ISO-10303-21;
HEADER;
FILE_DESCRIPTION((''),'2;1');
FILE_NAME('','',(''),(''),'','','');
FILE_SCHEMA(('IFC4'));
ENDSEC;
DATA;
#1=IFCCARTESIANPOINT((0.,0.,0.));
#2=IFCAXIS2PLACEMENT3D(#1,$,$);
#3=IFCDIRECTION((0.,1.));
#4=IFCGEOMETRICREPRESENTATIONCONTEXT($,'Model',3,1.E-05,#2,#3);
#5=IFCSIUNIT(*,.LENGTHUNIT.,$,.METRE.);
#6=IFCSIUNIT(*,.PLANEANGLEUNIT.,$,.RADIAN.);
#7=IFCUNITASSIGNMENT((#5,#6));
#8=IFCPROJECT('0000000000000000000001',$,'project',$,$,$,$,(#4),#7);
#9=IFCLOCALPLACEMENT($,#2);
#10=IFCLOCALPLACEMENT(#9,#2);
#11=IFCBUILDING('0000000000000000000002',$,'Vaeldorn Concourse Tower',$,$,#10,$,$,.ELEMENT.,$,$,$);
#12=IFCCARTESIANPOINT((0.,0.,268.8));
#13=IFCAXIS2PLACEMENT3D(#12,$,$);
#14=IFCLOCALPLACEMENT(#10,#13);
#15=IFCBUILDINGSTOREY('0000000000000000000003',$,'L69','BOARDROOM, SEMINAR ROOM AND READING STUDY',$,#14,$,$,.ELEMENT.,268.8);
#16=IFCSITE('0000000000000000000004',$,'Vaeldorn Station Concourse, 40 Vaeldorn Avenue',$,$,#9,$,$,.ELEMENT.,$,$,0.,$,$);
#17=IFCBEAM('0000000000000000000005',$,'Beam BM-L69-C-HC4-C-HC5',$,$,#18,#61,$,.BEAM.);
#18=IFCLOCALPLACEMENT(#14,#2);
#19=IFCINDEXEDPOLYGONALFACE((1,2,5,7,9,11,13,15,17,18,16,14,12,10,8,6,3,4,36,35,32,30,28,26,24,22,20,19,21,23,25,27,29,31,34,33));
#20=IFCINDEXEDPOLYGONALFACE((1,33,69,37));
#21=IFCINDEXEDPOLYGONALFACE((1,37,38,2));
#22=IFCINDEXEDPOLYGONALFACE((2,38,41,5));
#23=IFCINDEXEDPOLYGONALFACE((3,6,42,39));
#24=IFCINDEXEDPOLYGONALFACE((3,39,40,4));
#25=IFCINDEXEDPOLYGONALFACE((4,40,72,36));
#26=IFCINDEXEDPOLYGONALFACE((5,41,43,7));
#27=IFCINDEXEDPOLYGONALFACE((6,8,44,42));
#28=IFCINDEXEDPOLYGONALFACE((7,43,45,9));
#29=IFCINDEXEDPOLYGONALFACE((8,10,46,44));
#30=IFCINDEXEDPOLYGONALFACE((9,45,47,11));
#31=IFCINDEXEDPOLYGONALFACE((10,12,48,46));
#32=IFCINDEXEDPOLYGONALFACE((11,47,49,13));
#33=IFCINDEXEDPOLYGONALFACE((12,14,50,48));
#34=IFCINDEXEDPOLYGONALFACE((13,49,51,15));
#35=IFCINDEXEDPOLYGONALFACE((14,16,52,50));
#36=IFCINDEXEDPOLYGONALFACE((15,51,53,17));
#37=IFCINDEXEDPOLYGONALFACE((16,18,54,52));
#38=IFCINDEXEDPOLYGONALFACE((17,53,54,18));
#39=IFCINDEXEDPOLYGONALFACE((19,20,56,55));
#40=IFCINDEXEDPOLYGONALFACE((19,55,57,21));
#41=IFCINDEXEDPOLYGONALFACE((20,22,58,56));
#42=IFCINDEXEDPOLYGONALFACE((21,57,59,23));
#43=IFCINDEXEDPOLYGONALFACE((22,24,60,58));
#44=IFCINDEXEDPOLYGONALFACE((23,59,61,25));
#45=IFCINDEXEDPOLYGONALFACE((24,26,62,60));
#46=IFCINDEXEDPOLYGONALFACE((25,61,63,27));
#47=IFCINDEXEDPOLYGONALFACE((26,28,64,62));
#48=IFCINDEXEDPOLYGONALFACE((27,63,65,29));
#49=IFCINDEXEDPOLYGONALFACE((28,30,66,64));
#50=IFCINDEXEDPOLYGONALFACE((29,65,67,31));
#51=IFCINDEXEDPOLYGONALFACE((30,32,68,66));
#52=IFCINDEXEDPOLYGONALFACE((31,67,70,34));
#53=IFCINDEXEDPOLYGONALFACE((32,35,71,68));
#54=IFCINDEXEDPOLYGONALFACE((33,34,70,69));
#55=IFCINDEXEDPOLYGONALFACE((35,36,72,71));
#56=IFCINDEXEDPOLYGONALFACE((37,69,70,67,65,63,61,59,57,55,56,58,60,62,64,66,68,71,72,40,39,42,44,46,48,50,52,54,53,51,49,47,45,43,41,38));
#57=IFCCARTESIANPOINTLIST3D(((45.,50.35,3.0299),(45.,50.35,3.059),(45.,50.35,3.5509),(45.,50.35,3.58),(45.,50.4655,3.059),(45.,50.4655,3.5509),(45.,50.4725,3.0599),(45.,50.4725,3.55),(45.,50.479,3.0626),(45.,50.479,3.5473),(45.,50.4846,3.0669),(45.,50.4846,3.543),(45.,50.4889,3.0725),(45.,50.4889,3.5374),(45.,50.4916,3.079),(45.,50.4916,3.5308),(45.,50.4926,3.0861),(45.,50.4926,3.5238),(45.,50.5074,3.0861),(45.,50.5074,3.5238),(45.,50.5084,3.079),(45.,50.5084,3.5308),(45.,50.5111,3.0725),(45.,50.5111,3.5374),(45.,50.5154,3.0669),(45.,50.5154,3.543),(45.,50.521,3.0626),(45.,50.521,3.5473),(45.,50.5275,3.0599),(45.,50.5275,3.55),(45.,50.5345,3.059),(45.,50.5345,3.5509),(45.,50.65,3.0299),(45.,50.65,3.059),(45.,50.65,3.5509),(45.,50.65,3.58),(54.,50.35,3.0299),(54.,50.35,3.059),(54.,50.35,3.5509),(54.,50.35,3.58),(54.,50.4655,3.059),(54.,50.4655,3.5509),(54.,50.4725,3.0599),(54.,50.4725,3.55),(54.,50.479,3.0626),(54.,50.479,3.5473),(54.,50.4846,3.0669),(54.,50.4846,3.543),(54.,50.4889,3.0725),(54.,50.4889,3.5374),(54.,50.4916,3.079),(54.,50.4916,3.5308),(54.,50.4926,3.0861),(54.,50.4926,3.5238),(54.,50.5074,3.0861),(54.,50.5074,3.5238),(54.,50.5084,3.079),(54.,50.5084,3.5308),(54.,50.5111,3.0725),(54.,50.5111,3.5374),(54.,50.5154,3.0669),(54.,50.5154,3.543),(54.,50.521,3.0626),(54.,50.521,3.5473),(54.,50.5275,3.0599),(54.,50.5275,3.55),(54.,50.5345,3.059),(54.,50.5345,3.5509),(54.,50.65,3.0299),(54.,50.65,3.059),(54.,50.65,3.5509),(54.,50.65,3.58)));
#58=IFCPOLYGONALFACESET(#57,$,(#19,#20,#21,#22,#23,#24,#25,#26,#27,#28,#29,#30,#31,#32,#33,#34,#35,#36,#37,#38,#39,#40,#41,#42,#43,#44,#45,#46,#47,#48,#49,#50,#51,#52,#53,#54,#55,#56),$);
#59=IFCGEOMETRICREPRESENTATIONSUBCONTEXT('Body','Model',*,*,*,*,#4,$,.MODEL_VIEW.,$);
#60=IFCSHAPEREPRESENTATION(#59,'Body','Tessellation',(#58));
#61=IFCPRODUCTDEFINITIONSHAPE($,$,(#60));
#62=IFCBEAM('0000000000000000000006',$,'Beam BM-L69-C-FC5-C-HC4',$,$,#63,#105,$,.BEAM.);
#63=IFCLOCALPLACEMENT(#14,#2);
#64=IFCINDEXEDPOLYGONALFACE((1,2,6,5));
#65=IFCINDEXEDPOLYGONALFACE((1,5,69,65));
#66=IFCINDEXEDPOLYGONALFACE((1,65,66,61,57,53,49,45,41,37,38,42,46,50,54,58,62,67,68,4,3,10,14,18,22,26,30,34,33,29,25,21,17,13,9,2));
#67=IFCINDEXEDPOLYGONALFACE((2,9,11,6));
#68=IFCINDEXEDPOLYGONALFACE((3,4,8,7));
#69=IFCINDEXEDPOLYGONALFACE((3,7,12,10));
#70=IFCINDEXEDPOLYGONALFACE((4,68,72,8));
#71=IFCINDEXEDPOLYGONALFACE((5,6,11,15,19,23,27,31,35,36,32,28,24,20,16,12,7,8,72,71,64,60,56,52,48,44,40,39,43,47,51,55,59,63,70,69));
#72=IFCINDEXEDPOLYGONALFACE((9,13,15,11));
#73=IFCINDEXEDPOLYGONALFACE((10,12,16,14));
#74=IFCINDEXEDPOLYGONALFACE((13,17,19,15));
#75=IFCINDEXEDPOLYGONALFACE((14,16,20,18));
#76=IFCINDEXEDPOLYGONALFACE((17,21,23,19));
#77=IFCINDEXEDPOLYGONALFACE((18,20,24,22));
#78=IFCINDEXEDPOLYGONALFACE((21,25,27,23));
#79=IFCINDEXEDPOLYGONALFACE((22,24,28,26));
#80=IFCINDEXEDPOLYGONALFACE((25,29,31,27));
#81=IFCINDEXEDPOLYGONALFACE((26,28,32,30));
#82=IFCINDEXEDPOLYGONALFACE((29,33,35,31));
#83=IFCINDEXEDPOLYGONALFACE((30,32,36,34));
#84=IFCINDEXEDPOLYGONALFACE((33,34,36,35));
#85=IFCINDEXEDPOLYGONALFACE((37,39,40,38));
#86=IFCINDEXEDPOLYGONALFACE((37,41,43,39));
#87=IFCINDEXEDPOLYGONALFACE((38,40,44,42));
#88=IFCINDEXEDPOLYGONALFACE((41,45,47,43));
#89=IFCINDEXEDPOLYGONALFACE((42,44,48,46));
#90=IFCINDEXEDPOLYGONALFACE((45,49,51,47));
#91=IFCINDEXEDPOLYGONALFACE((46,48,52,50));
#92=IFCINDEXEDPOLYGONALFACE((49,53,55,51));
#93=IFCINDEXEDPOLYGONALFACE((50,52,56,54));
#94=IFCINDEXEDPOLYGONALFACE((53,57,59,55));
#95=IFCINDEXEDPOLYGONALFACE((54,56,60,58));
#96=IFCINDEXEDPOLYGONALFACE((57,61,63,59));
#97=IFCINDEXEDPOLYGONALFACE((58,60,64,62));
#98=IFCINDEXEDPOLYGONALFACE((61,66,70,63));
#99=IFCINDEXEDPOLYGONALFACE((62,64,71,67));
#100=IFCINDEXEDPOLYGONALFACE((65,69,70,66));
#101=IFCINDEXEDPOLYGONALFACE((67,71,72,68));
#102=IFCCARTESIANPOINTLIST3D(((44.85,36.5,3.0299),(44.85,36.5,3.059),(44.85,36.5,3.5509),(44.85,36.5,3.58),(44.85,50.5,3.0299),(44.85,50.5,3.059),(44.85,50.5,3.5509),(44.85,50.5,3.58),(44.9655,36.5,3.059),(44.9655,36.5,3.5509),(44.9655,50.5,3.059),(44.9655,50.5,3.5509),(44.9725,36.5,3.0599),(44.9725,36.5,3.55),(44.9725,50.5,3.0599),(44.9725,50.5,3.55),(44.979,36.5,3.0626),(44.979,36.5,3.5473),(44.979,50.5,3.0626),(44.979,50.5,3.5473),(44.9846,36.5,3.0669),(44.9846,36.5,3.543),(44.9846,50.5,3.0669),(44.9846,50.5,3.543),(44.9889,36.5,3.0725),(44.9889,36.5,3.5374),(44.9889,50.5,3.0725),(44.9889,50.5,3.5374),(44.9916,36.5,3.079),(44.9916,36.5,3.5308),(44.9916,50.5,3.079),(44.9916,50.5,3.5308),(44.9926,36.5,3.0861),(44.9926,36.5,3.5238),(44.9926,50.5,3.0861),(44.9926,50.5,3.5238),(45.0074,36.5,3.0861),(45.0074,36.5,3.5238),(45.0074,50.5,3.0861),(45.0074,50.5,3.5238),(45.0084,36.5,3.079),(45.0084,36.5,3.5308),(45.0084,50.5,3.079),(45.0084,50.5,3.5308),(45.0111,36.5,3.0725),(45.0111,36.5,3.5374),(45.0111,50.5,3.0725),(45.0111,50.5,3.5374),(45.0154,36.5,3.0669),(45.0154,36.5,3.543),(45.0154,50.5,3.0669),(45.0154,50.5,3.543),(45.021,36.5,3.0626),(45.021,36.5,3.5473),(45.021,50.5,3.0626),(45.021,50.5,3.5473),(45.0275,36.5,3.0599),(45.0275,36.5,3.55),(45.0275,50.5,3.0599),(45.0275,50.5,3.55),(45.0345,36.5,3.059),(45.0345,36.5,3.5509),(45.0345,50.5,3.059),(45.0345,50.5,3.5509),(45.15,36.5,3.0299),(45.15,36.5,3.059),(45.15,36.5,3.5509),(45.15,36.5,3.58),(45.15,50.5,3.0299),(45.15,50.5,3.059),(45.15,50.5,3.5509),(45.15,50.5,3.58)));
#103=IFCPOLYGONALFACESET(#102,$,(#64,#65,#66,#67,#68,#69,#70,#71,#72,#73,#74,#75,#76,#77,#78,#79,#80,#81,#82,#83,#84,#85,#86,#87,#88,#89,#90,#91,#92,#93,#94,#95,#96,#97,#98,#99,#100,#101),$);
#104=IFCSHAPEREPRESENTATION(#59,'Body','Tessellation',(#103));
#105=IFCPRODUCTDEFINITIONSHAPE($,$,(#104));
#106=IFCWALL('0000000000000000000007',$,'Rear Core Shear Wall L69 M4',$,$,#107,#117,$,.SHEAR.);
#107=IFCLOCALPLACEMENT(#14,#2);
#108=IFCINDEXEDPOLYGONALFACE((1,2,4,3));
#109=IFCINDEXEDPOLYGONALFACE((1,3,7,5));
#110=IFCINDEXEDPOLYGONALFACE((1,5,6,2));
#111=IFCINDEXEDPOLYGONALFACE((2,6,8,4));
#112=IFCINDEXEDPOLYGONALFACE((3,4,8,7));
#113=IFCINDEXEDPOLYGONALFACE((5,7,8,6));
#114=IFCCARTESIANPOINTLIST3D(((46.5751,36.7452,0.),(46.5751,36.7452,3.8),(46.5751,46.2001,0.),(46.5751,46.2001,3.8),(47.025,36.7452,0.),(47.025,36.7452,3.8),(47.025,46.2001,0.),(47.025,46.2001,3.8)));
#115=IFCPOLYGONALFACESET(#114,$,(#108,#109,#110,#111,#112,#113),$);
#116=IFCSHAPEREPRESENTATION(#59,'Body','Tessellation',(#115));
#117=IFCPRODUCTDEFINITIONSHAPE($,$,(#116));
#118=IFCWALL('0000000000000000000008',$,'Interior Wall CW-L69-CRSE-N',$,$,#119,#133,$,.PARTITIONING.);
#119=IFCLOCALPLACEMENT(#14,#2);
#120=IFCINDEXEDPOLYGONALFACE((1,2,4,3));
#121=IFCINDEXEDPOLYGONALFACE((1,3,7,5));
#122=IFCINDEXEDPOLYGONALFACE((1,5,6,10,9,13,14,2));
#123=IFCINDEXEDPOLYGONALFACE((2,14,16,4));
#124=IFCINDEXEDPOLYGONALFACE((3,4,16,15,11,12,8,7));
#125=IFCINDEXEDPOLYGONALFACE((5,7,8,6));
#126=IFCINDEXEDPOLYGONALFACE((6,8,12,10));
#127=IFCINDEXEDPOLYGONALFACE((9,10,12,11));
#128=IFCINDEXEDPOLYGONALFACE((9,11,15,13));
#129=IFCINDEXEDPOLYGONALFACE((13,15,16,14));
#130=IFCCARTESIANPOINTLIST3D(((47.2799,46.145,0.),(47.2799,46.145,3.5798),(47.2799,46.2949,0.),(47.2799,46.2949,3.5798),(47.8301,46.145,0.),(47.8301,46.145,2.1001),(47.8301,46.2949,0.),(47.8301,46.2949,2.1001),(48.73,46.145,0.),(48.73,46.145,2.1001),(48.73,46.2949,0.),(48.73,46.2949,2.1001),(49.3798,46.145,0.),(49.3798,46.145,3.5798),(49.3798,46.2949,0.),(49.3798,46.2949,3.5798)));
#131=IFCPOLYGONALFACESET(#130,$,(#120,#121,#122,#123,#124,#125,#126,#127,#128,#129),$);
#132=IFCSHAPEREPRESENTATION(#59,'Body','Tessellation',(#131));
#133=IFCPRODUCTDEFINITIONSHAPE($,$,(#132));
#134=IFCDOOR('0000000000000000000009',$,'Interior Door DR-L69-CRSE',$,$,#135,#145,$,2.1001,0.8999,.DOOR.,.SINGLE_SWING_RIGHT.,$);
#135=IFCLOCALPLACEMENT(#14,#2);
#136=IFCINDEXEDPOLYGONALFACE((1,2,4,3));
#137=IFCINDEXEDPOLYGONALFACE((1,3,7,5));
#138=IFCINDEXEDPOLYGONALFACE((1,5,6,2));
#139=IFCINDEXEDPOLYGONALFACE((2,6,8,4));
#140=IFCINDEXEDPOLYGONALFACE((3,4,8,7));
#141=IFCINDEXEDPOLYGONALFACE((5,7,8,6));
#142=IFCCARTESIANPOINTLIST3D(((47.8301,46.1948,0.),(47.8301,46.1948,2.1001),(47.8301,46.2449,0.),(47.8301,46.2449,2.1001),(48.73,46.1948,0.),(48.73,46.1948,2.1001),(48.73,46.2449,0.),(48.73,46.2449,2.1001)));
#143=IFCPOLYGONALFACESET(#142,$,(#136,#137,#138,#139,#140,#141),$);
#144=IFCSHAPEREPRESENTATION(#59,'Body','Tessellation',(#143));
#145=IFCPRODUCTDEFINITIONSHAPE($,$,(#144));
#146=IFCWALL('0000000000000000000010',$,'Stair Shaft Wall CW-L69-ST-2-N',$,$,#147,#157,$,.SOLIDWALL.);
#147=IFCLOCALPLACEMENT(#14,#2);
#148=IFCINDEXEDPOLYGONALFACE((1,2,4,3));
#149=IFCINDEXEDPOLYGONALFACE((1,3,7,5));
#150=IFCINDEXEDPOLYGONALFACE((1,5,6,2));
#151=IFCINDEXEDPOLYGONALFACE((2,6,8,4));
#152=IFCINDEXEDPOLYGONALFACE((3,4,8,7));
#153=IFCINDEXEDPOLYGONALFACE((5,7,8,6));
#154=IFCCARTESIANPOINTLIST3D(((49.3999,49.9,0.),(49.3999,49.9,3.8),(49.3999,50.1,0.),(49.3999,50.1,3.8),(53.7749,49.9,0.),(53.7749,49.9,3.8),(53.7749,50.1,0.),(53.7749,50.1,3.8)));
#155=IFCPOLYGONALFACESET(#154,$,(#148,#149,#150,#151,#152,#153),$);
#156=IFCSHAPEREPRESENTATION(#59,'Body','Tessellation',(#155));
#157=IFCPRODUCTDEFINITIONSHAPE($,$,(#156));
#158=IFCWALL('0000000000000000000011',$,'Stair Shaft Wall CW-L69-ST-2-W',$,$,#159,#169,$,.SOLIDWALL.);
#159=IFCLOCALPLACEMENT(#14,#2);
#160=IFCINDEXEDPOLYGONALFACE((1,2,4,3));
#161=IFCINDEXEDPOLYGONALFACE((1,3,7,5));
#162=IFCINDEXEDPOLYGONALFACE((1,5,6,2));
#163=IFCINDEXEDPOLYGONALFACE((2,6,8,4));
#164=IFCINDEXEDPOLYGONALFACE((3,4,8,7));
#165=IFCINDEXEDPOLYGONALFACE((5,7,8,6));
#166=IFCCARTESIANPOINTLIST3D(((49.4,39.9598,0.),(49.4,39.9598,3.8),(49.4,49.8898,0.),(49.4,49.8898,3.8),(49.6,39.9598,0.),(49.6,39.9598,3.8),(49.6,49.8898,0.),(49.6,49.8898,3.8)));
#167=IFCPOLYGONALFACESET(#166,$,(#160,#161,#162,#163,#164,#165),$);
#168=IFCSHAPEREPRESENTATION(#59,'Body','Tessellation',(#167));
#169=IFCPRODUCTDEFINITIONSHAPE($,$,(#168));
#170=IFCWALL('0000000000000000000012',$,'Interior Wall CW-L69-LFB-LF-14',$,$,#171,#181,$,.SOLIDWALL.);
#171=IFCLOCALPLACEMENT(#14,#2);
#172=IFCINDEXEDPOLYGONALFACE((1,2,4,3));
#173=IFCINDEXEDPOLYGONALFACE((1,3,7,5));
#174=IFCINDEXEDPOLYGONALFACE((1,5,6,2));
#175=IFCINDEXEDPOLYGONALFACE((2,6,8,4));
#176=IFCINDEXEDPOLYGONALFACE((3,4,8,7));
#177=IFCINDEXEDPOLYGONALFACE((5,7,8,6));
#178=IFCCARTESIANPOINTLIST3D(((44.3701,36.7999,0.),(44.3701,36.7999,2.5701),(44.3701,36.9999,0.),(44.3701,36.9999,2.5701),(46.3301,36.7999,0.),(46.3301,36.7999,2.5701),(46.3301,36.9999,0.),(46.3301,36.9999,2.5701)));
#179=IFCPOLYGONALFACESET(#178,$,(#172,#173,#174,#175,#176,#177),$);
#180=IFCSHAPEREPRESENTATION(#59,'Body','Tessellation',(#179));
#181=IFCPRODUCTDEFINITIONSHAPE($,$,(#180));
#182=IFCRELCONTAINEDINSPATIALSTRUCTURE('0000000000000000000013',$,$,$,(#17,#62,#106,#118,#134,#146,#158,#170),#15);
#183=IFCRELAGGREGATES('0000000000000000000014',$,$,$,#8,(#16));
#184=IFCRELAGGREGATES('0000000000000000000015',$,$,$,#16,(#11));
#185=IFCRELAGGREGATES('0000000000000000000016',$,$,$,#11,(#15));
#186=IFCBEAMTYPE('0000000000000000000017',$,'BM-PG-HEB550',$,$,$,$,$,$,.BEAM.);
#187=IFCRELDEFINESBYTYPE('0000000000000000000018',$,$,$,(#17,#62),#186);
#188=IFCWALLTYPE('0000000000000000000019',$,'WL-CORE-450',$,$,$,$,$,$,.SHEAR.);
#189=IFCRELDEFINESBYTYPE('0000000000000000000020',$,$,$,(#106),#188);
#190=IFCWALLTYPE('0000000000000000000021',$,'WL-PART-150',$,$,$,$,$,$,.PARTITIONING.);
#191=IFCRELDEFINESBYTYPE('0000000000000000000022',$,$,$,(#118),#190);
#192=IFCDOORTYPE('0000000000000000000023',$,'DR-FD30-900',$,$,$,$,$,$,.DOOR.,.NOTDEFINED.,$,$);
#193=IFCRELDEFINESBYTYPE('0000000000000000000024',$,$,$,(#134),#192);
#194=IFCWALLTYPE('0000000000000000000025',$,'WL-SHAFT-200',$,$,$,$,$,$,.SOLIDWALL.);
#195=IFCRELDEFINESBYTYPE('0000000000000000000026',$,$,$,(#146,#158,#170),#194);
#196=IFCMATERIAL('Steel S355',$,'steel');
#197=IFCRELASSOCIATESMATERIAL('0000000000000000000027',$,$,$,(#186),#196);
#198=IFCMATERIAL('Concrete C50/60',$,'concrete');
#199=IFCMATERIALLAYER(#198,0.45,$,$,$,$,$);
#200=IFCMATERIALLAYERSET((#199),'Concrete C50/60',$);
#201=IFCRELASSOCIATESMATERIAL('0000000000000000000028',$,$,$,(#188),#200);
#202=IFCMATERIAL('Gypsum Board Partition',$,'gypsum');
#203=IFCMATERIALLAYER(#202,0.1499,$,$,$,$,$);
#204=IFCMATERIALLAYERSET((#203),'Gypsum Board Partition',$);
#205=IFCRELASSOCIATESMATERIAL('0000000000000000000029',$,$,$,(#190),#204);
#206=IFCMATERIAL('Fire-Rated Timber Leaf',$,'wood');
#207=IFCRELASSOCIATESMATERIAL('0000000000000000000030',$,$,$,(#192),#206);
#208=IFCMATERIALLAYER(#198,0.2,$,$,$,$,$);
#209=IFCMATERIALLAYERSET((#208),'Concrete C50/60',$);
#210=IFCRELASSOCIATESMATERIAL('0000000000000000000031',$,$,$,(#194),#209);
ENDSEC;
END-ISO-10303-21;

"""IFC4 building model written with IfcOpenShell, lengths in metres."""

from ifc_helpers import new_model, si_unit, direction, frame, frame_2d, origin, origin_2d, place, context, subcontext, project, spatial, rectangle, i_section, extrude, source, transform, mapped, material, layer, layer_set, material_profile, profile_set, type_object, element, fill, save


model = new_model("IFC4")

# Units and contexts
model_context = context("Model", 3, precision=1e-05, world=origin(), true_north=direction((0.0, 1.0)))
body_context = subcontext(model_context, "Body", "Model", "MODEL_VIEW")
ifc_project = project(units=[si_unit("LENGTHUNIT", "METRE"), si_unit("PLANEANGLEUNIT", "RADIAN")], contexts=[model_context])

# Site, building, storey
site_placement = place(None, origin())
site = spatial("IfcSite", under=ifc_project, at=site_placement, Name="Vaeldorn Station Concourse, 40 Vaeldorn Avenue", CompositionType="ELEMENT", RefElevation=0.0)
building_placement = place(site_placement, origin())
building = spatial("IfcBuilding", under=site, at=building_placement, Name="Vaeldorn Concourse Tower", CompositionType="ELEMENT")
storey_placement = place(building_placement, frame((0.0, 0.0, 268.8)))
storey = spatial("IfcBuildingStorey", under=building, at=storey_placement, Name="L69", Description="BOARDROOM, SEMINAR ROOM AND READING STUDY", CompositionType="ELEMENT", Elevation=268.8)

# Beams
ifc_material_1 = material(Name="Concrete C50/60", Category="concrete")
ifc_material_2 = material(Name="Steel S355", Category="steel")
ifc_material_profile_1 = material_profile(ifc_material_2, i_section(OverallWidth=0.3, OverallDepth=0.55, WebThickness=0.0149, FlangeThickness=0.0291, FilletRadius=0.0271, at=origin_2d()), Name="HEB 550")
ifc_profile_set_1 = profile_set([ifc_material_profile_1], Name="Steel S355")
beam_type_1 = type_object("IfcBeamType", Name="BM-PG-HEB550", PredefinedType="BEAM", material=ifc_profile_set_1)
shared_shape_1 = source(origin(), body_context, "Body", "SweptSolid", [
    extrude(i_section(OverallWidth=0.3, OverallDepth=0.55, WebThickness=0.0149, FlangeThickness=0.0291, FilletRadius=0.0271, at=origin_2d()), origin(), (0.0, 0.0, 1.0), 9.0),
])
beam_1_placement = place(storey_placement, frame((45.0, 50.5, 3.3049), z_axis=(1.0, 0.0, 0.0), x_axis=(0.0, 1.0, 0.0)))
element("IfcBeam", 1, at=beam_1_placement, inside=storey, type_object=beam_type_1, Name="Beam BM-L69-C-HC4-C-HC5", PredefinedType="BEAM", context=body_context, shape_type="MappedRepresentation", body=[
    mapped(shared_shape_1, transform((0.0, 0.0, 0.0), scale=1.0)),
])
shared_shape_2 = source(origin(), body_context, "Body", "SweptSolid", [
    extrude(i_section(OverallWidth=0.3, OverallDepth=0.55, WebThickness=0.0149, FlangeThickness=0.0291, FilletRadius=0.0271, at=origin_2d()), origin(), (0.0, 0.0, 1.0), 14.0),
])
beam_2_placement = place(storey_placement, frame((45.0, 36.5, 3.3049), z_axis=(0.0, 1.0, 0.0), x_axis=(-1.0, 0.0, 0.0)))
element("IfcBeam", 2, at=beam_2_placement, inside=storey, type_object=beam_type_1, Name="Beam BM-L69-C-FC5-C-HC4", PredefinedType="BEAM", context=body_context, shape_type="MappedRepresentation", body=[
    mapped(shared_shape_2, transform((0.0, 0.0, 0.0), scale=1.0)),
])

# Wall
ifc_layer_1 = layer(ifc_material_1, 0.45)
ifc_layer_set_1 = layer_set([ifc_layer_1], Name="Concrete C50/60")
wall_type_1 = type_object("IfcWallType", Name="WL-CORE-450", PredefinedType="SHEAR", material=ifc_layer_set_1)
wall_1_placement = place(storey_placement, frame((46.8, 36.7451, 0.0), z_axis=(0.0, 0.0, 1.0), x_axis=(0.0, 1.0, 0.0)))
element("IfcWall", 3, at=wall_1_placement, inside=storey, type_object=wall_type_1, Name="Rear Core Shear Wall L69 M4", PredefinedType="SHEAR", context=body_context, shape_type="SweptSolid", body=[
    extrude(rectangle(XDim=9.4548, YDim=0.45, at=frame_2d((4.7275, 0.0))), origin(), (0.0, 0.0, 1.0), 3.8),
])

# Wall, opening, door
ifc_material_3 = material(Name="Gypsum Board Partition", Category="gypsum")
ifc_layer_2 = layer(ifc_material_3, 0.1499)
ifc_layer_set_2 = layer_set([ifc_layer_2], Name="Gypsum Board Partition")
wall_type_2 = type_object("IfcWallType", Name="WL-PART-150", PredefinedType="PARTITIONING", material=ifc_layer_set_2)
wall_2_placement = place(storey_placement, frame((47.28, 46.22, 0.0), z_axis=(0.0, 0.0, 1.0), x_axis=(1.0, 0.0, 0.0)))
wall_2 = element("IfcWall", 4, at=wall_2_placement, inside=storey, type_object=wall_type_2, Name="Interior Wall CW-L69-CRSE-N", PredefinedType="PARTITIONING", context=body_context, shape_type="SweptSolid", body=[
    extrude(rectangle(XDim=2.0999, YDim=0.1499, at=frame_2d((1.0498, 0.0))), origin(), (0.0, 0.0, 1.0), 3.5798),
])
opening_1_placement = place(wall_2_placement, frame((0.55, 0.0, 0.0)))
opening_1 = element("IfcOpeningElement", 5, at=opening_1_placement, cuts=wall_2, PredefinedType="OPENING", context=body_context, shape_type="SweptSolid", body=[
    extrude(rectangle(XDim=0.8999, YDim=2.1001, at=frame_2d((0.45, 1.05))), frame((0.0, 0.085, 0.0), z_axis=(0.0, -1.0, 0.0), x_axis=(1.0, 0.0, 0.0)), (0.0, 0.0, 1.0), 0.1699),
])
ifc_material_4 = material(Name="Fire-Rated Timber Leaf", Category="wood")
door_type_1 = type_object("IfcDoorType", Name="DR-FD30-900", OperationType="NOTDEFINED", PredefinedType="DOOR", material=ifc_material_4)
shared_shape_3 = source(origin(), body_context, "Body", "SweptSolid", [
    extrude(rectangle(XDim=0.8999, YDim=2.1001, at=frame_2d((0.45, 1.05))), frame((0.0, 0.0249, 0.0), z_axis=(0.0, -1.0, 0.0), x_axis=(1.0, 0.0, 0.0)), (0.0, 0.0, 1.0), 0.05),
])
door_1_placement = place(opening_1_placement, origin())
door_1 = element("IfcDoor", 6, at=door_1_placement, inside=storey, type_object=door_type_1, Name="Interior Door DR-L69-CRSE", OperationType="SINGLE_SWING_RIGHT", OverallHeight=2.1001, OverallWidth=0.8999, PredefinedType="DOOR", context=body_context, shape_type="MappedRepresentation", body=[
    mapped(shared_shape_3, transform((0.0, 0.0, 0.0), scale=1.0)),
])
fill(opening_1, door_1)
ifc_layer_3 = layer(ifc_material_1, 0.2)
ifc_layer_set_3 = layer_set([ifc_layer_3], Name="Concrete C50/60")
wall_type_3 = type_object("IfcWallType", Name="WL-SHAFT-200", PredefinedType="SOLIDWALL", material=ifc_layer_set_3)

# Walls
wall_3_placement = place(storey_placement, frame((49.3999, 50.0, 0.0), z_axis=(0.0, 0.0, 1.0), x_axis=(1.0, 0.0, 0.0)))
element("IfcWall", 7, at=wall_3_placement, inside=storey, type_object=wall_type_3, Name="Stair Shaft Wall CW-L69-ST-2-N", PredefinedType="SOLIDWALL", context=body_context, shape_type="SweptSolid", body=[
    extrude(rectangle(XDim=4.375, YDim=0.2, at=frame_2d((2.1875, 0.0))), origin(), (0.0, 0.0, 1.0), 3.8),
])
wall_4_placement = place(storey_placement, frame((49.5, 39.96, 0.0), z_axis=(0.0, 0.0, 1.0), x_axis=(0.0, 1.0, 0.0)))
element("IfcWall", 8, at=wall_4_placement, inside=storey, type_object=wall_type_3, Name="Stair Shaft Wall CW-L69-ST-2-W", PredefinedType="SOLIDWALL", context=body_context, shape_type="SweptSolid", body=[
    extrude(rectangle(XDim=9.9299, YDim=0.2, at=frame_2d((4.9648, 0.0))), origin(), (0.0, 0.0, 1.0), 3.8),
])

# Wall
wall_5_placement = place(storey_placement, frame((44.3701, 36.8999, 0.0), z_axis=(0.0, 0.0, 1.0), x_axis=(1.0, 0.0, 0.0)))
element("IfcWall", 9, at=wall_5_placement, inside=storey, type_object=wall_type_3, Name="Interior Wall CW-L69-LFB-LF-14", PredefinedType="SOLIDWALL", context=body_context, shape_type="SweptSolid", body=[
    extrude(rectangle(XDim=1.96, YDim=0.2, at=frame_2d((0.98, 0.0))), origin(), (0.0, 0.0, 1.0), 2.5701),
])

save(model, "model.ifc")
